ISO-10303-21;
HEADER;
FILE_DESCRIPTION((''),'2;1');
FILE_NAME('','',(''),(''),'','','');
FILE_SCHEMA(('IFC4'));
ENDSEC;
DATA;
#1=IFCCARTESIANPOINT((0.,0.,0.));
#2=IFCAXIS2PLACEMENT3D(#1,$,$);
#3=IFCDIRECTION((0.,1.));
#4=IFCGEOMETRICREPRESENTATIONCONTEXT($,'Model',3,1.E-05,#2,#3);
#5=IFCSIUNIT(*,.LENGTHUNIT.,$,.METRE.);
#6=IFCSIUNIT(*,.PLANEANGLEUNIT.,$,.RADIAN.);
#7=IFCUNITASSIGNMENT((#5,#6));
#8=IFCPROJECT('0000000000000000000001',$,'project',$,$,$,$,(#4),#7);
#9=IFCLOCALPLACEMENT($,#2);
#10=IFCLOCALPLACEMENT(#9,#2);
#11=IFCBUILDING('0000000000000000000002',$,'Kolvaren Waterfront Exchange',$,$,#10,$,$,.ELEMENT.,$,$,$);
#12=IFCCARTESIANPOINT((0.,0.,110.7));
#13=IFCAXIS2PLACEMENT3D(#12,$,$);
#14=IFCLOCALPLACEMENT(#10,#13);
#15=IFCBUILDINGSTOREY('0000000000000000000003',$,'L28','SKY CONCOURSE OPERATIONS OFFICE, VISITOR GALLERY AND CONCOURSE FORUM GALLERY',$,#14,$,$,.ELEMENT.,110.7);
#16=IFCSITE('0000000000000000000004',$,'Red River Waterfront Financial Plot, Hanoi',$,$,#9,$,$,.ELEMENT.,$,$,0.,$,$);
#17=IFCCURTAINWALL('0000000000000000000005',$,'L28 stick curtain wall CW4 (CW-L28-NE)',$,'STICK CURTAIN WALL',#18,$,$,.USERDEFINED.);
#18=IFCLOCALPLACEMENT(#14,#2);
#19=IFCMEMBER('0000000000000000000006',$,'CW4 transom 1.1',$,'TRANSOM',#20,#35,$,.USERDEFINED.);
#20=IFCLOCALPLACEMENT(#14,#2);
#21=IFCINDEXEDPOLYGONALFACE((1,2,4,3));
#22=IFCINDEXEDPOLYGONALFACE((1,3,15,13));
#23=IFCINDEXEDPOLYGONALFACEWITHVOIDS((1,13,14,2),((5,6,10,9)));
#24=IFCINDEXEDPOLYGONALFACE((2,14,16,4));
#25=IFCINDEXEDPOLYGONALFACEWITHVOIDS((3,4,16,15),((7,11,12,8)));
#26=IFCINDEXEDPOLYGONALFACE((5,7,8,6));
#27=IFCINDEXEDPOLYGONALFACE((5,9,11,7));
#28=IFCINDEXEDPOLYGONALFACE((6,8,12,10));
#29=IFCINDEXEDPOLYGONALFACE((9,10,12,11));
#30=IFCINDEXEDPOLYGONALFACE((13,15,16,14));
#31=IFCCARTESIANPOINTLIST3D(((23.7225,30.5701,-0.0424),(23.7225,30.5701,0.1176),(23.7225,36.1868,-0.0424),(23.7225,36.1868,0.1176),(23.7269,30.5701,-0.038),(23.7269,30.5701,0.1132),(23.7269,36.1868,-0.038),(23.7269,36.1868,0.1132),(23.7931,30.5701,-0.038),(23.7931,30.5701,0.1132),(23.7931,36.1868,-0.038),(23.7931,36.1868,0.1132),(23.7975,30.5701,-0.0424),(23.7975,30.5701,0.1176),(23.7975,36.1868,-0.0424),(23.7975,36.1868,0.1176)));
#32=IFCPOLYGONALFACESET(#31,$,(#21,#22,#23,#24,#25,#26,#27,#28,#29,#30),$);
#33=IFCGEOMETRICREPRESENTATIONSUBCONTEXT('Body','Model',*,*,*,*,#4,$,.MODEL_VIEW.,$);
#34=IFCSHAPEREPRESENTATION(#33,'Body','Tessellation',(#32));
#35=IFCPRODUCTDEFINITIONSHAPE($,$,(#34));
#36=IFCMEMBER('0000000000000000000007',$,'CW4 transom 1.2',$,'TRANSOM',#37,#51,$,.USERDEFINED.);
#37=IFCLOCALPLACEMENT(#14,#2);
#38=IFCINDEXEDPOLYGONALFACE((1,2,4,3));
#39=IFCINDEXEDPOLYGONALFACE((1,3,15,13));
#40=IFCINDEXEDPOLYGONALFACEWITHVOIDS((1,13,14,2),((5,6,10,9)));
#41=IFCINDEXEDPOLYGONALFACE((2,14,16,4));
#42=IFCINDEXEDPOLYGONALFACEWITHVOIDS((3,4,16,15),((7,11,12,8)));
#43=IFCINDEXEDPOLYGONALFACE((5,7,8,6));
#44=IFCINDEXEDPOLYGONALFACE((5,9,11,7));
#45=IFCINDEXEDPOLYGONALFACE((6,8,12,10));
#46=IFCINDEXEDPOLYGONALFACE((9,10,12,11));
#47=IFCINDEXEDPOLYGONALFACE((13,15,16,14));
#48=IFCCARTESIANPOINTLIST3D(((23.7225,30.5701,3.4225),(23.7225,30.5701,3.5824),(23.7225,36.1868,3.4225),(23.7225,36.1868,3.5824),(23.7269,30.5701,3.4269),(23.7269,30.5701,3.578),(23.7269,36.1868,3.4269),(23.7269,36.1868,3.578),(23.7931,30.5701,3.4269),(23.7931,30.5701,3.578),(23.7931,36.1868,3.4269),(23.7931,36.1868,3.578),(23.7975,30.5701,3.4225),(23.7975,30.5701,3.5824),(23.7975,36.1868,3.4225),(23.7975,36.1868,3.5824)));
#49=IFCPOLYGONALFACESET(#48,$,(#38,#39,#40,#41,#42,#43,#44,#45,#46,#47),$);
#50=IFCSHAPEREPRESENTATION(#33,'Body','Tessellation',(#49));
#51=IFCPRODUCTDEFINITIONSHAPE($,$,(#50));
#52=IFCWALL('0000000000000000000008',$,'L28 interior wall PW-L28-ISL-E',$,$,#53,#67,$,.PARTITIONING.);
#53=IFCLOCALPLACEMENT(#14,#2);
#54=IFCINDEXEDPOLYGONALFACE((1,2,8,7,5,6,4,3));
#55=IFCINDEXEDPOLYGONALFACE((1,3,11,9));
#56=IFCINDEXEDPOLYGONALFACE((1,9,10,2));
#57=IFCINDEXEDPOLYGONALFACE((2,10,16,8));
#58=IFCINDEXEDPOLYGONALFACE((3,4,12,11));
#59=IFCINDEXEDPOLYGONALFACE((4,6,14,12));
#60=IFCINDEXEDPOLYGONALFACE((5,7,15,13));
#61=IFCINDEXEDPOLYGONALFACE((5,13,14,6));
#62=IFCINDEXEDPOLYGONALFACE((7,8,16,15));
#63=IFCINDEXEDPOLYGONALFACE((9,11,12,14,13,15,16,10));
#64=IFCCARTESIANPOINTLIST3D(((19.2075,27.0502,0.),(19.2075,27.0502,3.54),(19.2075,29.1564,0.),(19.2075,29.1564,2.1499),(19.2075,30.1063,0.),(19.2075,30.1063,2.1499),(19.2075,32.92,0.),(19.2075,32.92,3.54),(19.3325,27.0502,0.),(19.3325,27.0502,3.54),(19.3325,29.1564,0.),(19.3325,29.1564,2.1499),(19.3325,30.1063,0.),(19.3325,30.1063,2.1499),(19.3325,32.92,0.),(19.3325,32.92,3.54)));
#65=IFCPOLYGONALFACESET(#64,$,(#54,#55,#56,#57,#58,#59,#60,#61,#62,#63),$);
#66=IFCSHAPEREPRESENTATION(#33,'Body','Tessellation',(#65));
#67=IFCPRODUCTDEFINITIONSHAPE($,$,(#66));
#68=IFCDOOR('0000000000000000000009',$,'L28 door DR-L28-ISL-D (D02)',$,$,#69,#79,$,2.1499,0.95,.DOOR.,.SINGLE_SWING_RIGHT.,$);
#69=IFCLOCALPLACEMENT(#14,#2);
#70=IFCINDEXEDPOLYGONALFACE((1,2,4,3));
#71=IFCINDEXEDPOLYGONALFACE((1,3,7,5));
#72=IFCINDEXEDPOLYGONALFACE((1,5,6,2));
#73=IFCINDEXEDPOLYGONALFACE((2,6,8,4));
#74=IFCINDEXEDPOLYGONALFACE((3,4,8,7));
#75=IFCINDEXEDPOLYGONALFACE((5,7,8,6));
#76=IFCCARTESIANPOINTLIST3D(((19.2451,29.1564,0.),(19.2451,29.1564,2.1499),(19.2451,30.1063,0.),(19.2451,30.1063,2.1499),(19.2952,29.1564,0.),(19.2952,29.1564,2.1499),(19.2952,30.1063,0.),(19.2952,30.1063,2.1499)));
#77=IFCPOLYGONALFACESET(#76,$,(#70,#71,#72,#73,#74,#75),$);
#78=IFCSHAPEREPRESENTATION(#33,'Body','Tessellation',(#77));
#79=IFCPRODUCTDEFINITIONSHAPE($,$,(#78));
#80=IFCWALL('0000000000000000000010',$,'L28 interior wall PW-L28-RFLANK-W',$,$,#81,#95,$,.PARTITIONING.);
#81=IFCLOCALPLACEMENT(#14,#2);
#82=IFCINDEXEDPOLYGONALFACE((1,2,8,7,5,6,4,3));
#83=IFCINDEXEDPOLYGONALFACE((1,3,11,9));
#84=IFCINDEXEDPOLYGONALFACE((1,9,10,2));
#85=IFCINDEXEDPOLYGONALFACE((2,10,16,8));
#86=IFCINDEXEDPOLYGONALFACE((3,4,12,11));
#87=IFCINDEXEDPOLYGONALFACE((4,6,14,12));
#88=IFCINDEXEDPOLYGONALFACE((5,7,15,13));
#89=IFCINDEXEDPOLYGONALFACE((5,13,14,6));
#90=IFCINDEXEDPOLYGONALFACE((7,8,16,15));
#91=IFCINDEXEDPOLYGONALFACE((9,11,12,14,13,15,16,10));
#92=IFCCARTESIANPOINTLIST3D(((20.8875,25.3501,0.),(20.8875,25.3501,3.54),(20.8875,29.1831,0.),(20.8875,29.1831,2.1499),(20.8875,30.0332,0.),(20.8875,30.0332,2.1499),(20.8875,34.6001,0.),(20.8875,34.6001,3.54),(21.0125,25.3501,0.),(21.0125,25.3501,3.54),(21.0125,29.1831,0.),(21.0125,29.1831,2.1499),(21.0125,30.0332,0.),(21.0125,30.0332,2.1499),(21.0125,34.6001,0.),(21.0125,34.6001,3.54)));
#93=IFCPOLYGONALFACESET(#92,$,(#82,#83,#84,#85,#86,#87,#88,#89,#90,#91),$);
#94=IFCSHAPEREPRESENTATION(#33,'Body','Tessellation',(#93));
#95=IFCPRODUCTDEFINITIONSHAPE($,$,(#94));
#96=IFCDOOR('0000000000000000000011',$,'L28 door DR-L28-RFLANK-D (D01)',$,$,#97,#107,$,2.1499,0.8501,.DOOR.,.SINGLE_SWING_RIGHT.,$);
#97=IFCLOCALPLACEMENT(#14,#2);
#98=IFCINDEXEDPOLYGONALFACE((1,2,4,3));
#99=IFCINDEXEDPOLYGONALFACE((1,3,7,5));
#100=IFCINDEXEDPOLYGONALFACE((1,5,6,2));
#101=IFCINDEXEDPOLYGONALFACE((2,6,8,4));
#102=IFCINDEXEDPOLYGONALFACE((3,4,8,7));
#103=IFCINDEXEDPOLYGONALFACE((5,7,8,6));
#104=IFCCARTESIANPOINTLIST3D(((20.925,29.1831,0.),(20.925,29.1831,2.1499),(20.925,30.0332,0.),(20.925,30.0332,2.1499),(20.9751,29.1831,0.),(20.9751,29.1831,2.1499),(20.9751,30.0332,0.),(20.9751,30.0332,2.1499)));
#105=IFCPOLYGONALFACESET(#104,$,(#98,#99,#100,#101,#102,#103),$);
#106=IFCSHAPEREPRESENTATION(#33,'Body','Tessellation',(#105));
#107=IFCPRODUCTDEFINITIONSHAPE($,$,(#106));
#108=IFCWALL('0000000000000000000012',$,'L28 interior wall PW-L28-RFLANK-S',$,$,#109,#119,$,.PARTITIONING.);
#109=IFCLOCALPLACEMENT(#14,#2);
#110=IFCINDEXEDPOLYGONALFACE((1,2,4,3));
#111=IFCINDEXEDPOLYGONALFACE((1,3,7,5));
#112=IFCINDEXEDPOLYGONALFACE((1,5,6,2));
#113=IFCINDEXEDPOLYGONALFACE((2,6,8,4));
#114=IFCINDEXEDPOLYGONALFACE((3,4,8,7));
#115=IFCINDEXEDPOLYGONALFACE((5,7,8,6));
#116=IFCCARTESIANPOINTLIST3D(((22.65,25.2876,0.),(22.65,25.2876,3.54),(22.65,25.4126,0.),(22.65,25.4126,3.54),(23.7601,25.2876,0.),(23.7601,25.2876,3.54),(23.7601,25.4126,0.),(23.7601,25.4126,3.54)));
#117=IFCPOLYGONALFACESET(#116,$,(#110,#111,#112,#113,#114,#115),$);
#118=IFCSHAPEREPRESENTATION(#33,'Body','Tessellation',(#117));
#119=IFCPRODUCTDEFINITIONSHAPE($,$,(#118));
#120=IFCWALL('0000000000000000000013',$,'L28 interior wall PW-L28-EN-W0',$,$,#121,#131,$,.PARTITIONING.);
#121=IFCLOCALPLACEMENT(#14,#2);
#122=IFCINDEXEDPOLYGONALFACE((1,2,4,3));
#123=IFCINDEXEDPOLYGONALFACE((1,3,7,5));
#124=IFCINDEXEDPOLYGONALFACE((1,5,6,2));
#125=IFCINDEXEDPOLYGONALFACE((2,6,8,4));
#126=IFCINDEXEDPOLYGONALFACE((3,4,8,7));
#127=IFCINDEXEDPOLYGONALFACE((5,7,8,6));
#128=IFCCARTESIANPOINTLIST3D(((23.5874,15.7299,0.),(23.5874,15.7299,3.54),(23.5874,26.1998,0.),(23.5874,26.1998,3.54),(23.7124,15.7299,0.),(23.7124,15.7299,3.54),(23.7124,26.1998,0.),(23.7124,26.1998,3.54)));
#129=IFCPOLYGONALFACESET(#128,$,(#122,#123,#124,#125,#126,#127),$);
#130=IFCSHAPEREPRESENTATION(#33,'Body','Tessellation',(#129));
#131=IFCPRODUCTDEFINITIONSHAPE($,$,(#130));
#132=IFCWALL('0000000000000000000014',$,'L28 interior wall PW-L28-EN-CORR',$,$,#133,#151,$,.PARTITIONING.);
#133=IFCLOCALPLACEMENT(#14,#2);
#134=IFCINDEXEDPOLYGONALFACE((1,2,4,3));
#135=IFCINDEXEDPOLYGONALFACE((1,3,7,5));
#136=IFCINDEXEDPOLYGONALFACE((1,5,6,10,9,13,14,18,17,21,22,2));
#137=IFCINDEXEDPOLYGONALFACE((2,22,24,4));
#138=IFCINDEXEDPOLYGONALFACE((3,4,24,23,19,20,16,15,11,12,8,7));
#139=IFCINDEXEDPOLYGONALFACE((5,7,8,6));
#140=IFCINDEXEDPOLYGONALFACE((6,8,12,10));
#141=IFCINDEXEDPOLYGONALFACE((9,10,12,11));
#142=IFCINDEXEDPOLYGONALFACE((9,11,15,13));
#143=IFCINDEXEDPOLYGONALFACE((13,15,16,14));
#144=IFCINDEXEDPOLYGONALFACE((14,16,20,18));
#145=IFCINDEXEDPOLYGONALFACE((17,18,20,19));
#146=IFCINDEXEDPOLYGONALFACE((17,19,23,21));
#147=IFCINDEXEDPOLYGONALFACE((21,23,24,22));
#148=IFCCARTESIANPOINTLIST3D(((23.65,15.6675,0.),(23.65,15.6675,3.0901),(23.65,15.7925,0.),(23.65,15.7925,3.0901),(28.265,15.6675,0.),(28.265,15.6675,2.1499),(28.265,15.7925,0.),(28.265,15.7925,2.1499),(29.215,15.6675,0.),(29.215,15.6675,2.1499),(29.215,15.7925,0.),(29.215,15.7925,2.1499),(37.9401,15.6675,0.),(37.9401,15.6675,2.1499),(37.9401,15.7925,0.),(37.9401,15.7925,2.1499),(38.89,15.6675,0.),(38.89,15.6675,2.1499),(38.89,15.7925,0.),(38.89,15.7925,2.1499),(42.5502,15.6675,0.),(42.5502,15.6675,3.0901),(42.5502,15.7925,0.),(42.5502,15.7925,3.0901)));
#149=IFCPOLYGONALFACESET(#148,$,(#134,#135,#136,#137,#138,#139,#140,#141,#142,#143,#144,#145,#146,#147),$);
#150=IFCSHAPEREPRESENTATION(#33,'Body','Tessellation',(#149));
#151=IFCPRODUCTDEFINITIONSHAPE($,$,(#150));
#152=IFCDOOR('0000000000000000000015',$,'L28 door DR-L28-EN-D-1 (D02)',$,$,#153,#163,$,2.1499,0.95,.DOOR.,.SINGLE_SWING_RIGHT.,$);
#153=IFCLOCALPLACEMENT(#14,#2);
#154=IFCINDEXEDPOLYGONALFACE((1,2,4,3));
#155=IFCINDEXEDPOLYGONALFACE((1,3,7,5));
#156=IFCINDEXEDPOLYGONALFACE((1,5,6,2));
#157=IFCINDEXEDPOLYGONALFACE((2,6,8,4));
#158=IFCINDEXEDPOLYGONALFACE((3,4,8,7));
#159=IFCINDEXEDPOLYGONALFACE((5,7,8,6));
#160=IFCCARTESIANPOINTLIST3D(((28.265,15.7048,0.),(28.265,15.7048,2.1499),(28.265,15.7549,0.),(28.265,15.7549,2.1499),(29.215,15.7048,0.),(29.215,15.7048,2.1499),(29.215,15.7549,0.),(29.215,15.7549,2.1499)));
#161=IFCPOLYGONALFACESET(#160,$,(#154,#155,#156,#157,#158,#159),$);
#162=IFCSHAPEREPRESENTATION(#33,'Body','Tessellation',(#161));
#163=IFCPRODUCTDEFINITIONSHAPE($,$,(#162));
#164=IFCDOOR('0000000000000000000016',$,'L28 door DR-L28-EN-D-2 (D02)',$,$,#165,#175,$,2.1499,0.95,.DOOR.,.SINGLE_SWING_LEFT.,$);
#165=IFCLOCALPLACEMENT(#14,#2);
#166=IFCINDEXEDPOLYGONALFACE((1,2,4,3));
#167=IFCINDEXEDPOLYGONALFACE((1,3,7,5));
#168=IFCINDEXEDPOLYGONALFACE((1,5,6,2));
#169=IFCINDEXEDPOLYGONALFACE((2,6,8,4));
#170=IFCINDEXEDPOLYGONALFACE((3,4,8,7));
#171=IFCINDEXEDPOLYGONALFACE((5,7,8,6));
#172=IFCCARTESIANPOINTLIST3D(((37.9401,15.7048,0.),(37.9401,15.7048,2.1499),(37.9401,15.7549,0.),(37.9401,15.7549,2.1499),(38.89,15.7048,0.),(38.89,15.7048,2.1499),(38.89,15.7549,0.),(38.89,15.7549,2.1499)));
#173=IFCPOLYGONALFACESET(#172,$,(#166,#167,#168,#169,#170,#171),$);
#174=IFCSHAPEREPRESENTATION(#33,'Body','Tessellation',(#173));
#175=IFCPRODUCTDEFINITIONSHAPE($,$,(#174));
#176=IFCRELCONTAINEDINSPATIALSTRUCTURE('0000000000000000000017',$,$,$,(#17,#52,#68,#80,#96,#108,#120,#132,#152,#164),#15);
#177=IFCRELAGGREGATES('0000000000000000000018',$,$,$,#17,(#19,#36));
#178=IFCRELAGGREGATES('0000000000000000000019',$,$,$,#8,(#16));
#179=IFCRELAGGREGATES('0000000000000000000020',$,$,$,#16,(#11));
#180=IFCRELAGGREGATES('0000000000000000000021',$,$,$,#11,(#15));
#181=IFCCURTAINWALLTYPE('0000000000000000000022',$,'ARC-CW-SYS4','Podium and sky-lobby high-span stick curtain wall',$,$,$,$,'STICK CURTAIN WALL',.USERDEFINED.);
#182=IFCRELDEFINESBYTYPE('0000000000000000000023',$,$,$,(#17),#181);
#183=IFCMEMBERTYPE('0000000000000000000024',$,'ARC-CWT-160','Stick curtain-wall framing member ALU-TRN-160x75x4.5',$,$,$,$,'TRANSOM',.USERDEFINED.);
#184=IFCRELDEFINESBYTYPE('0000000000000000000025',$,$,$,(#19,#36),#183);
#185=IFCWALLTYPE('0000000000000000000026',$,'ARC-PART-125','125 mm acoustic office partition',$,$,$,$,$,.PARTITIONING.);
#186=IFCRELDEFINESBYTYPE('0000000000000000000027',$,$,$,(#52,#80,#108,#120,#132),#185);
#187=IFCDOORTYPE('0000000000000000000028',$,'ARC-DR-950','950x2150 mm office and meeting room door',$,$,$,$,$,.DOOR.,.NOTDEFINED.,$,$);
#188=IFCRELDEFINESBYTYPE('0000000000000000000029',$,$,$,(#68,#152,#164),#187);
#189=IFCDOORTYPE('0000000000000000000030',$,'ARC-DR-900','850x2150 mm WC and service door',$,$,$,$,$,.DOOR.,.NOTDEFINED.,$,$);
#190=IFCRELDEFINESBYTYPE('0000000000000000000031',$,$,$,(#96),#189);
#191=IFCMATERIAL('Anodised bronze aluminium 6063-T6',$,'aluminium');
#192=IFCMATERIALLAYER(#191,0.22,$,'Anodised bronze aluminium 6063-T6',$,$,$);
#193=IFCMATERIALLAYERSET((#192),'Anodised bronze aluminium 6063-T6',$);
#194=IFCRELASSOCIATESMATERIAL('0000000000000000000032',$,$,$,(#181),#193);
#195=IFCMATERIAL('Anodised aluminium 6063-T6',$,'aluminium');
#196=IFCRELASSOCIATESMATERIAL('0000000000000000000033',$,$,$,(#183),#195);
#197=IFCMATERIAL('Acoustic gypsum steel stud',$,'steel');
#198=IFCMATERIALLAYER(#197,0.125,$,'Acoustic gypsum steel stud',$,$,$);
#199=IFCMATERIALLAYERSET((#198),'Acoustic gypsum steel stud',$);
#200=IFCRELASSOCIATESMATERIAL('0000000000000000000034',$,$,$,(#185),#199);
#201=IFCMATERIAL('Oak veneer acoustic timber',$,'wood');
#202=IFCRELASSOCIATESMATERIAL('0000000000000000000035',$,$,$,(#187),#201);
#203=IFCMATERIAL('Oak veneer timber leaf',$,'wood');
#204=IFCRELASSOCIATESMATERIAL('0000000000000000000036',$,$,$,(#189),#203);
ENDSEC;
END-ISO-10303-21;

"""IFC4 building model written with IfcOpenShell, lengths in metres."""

from ifc_helpers import new_model, si_unit, direction, frame, frame_2d, origin, origin_with_axes, origin_2d, place, context, subcontext, project, spatial, rectangle, hollow_rectangle, extrude, source, transform, mapped, material, layer, layer_set, material_profile, profile_set, type_object, element, fill, aggregate, save


model = new_model("IFC4")

# Units and contexts
model_context = context("Model", 3, precision=1e-05, world=origin(), true_north=direction((0.0, 1.0)))
body_context = subcontext(model_context, "Body", "Model", "MODEL_VIEW")
ifc_project = project(units=[si_unit("LENGTHUNIT", "METRE"), si_unit("PLANEANGLEUNIT", "RADIAN")], contexts=[model_context])

# Site, building, storey
site_placement = place(None, origin())
site = spatial("IfcSite", under=ifc_project, at=site_placement, Name="Red River Waterfront Financial Plot, Hanoi", CompositionType="ELEMENT", RefElevation=0.0)
building_placement = place(site_placement, origin())
building = spatial("IfcBuilding", under=site, at=building_placement, Name="Kolvaren Waterfront Exchange", CompositionType="ELEMENT")
storey_placement = place(building_placement, frame((0.0, 0.0, 110.7)))
storey = spatial("IfcBuildingStorey", under=building, at=storey_placement, Name="L28", Description="SKY CONCOURSE OPERATIONS OFFICE, VISITOR GALLERY AND CONCOURSE FORUM GALLERY", CompositionType="ELEMENT", Elevation=110.7)

# Curtain wall, members
ifc_material_1 = material(Name="Anodised bronze aluminium 6063-T6", Category="aluminium")
ifc_layer_1 = layer(ifc_material_1, 0.22, Name="Anodised bronze aluminium 6063-T6")
ifc_layer_set_1 = layer_set([ifc_layer_1], Name="Anodised bronze aluminium 6063-T6")
curtain_wall_type = type_object("IfcCurtainWallType", Name="ARC-CW-SYS4", Description="Podium and sky-lobby high-span stick curtain wall", ElementType="STICK CURTAIN WALL", PredefinedType="USERDEFINED", material=ifc_layer_set_1)
curtain_wall_placement = place(storey_placement, origin())
curtain_wall = element("IfcCurtainWall", 1, at=curtain_wall_placement, inside=storey, type_object=curtain_wall_type, Name="L28 stick curtain wall CW4 (CW-L28-NE)", ObjectType="STICK CURTAIN WALL", PredefinedType="USERDEFINED")
ifc_material_2 = material(Name="Anodised aluminium 6063-T6", Category="aluminium")
ifc_material_profile_1 = material_profile(ifc_material_2, hollow_rectangle(XDim=0.075, YDim=0.1599, WallThickness=0.0044, at=origin_2d()), Name="ALU-TRN-160x75x4.5")
ifc_profile_set_1 = profile_set([ifc_material_profile_1], Name="Anodised aluminium 6063-T6")
member_type_1 = type_object("IfcMemberType", Name="ARC-CWT-160", Description="Stick curtain-wall framing member ALU-TRN-160x75x4.5", ElementType="TRANSOM", PredefinedType="USERDEFINED", material=ifc_profile_set_1)
shared_shape_1 = source(origin_with_axes(), body_context, "Body", "SweptSolid", [
    extrude(hollow_rectangle(XDim=0.075, YDim=0.1599, WallThickness=0.0044, at=origin_2d()), origin(), (0.0, 0.0, 1.0), 5.6167),
])
member_1_placement = place(storey_placement, frame((23.76, 30.5701, 0.0376), z_axis=(0.0, 1.0, 0.0), x_axis=(-1.0, 0.0, 0.0)))
member_1 = element("IfcMember", 2, at=member_1_placement, type_object=member_type_1, Name="CW4 transom 1.1", ObjectType="TRANSOM", PredefinedType="USERDEFINED", context=body_context, shape_type="MappedRepresentation", body=[
    mapped(shared_shape_1, transform((0.0, 0.0, 0.0), x_axis=(1.0, 0.0, 0.0), y_axis=(0.0, 1.0, 0.0), z_axis=(0.0, 0.0, 1.0), scale=1.0)),
])
member_2_placement = place(storey_placement, frame((23.76, 30.5701, 3.5024), z_axis=(0.0, 1.0, 0.0), x_axis=(-1.0, 0.0, 0.0)))
member_2 = element("IfcMember", 3, at=member_2_placement, type_object=member_type_1, Name="CW4 transom 1.2", ObjectType="TRANSOM", PredefinedType="USERDEFINED", context=body_context, shape_type="MappedRepresentation", body=[
    mapped(shared_shape_1, transform((0.0, 0.0, 0.0), x_axis=(1.0, 0.0, 0.0), y_axis=(0.0, 1.0, 0.0), z_axis=(0.0, 0.0, 1.0), scale=1.0)),
])
aggregate(curtain_wall, [member_1, member_2])

# Walls, openings, doors
ifc_material_3 = material(Name="Acoustic gypsum steel stud", Category="steel")
ifc_layer_2 = layer(ifc_material_3, 0.125, Name="Acoustic gypsum steel stud")
ifc_layer_set_2 = layer_set([ifc_layer_2], Name="Acoustic gypsum steel stud")
wall_type_1 = type_object("IfcWallType", Name="ARC-PART-125", Description="125 mm acoustic office partition", PredefinedType="PARTITIONING", material=ifc_layer_set_2)
wall_1_placement = place(storey_placement, frame((19.27, 27.05, 0.0), z_axis=(0.0, 0.0, 1.0), x_axis=(0.0, 1.0, 0.0)))
wall_1 = element("IfcWall", 4, at=wall_1_placement, inside=storey, type_object=wall_type_1, Name="L28 interior wall PW-L28-ISL-E", PredefinedType="PARTITIONING", context=body_context, shape_type="SweptSolid", body=[
    extrude(rectangle(XDim=5.8699, YDim=0.125, at=frame_2d((2.9351, 0.0))), origin(), (0.0, 0.0, 1.0), 3.54),
])
opening_1_placement = place(wall_1_placement, frame((2.1062, 0.0, 0.0)))
opening_1 = element("IfcOpeningElement", 5, at=opening_1_placement, cuts=wall_1, PredefinedType="OPENING", context=body_context, shape_type="SweptSolid", body=[
    extrude(rectangle(XDim=0.95, YDim=2.1499, at=frame_2d((0.4751, 1.075))), frame((0.0, 0.0725, 0.0), z_axis=(0.0, -1.0, 0.0), x_axis=(1.0, 0.0, 0.0)), (0.0, 0.0, 1.0), 0.145),
])
ifc_material_4 = material(Name="Oak veneer acoustic timber", Category="wood")
door_type_1 = type_object("IfcDoorType", Name="ARC-DR-950", Description="950x2150 mm office and meeting room door", OperationType="NOTDEFINED", PredefinedType="DOOR", material=ifc_material_4)
door_1_placement = place(opening_1_placement, origin())
door_1 = element("IfcDoor", 6, at=door_1_placement, inside=storey, type_object=door_type_1, Name="L28 door DR-L28-ISL-D (D02)", OperationType="SINGLE_SWING_RIGHT", OverallHeight=2.1499, OverallWidth=0.95, PredefinedType="DOOR", context=body_context, shape_type="SweptSolid", body=[
    extrude(rectangle(XDim=0.95, YDim=2.1499, at=frame_2d((0.4751, 1.075))), frame((0.0, 0.0249, 0.0), z_axis=(0.0, -1.0, 0.0), x_axis=(1.0, 0.0, 0.0)), (0.0, 0.0, 1.0), 0.05),
])
fill(opening_1, door_1)
wall_2_placement = place(storey_placement, frame((20.95, 25.3501, 0.0), z_axis=(0.0, 0.0, 1.0), x_axis=(0.0, 1.0, 0.0)))
wall_2 = element("IfcWall", 7, at=wall_2_placement, inside=storey, type_object=wall_type_1, Name="L28 interior wall PW-L28-RFLANK-W", PredefinedType="PARTITIONING", context=body_context, shape_type="SweptSolid", body=[
    extrude(rectangle(XDim=9.25, YDim=0.125, at=frame_2d((4.625, 0.0))), origin(), (0.0, 0.0, 1.0), 3.54),
])
opening_2_placement = place(wall_2_placement, frame((3.833, 0.0, 0.0)))
opening_2 = element("IfcOpeningElement", 8, at=opening_2_placement, cuts=wall_2, PredefinedType="OPENING", context=body_context, shape_type="SweptSolid", body=[
    extrude(rectangle(XDim=0.8501, YDim=2.1499, at=frame_2d((0.425, 1.075))), frame((0.0, 0.0725, 0.0), z_axis=(0.0, -1.0, 0.0), x_axis=(1.0, 0.0, 0.0)), (0.0, 0.0, 1.0), 0.145),
])
ifc_material_5 = material(Name="Oak veneer timber leaf", Category="wood")
door_type_2 = type_object("IfcDoorType", Name="ARC-DR-900", Description="850x2150 mm WC and service door", OperationType="NOTDEFINED", PredefinedType="DOOR", material=ifc_material_5)
door_2_placement = place(opening_2_placement, origin())
door_2 = element("IfcDoor", 9, at=door_2_placement, inside=storey, type_object=door_type_2, Name="L28 door DR-L28-RFLANK-D (D01)", OperationType="SINGLE_SWING_RIGHT", OverallHeight=2.1499, OverallWidth=0.8501, PredefinedType="DOOR", context=body_context, shape_type="SweptSolid", body=[
    extrude(rectangle(XDim=0.8501, YDim=2.1499, at=frame_2d((0.425, 1.075))), frame((0.0, 0.0249, 0.0), z_axis=(0.0, -1.0, 0.0), x_axis=(1.0, 0.0, 0.0)), (0.0, 0.0, 1.0), 0.05),
])
fill(opening_2, door_2)

# Walls
wall_3_placement = place(storey_placement, frame((22.6499, 25.3501, 0.0), z_axis=(0.0, 0.0, 1.0), x_axis=(1.0, 0.0, 0.0)))
element("IfcWall", 10, at=wall_3_placement, inside=storey, type_object=wall_type_1, Name="L28 interior wall PW-L28-RFLANK-S", PredefinedType="PARTITIONING", context=body_context, shape_type="SweptSolid", body=[
    extrude(rectangle(XDim=1.1101, YDim=0.125, at=frame_2d((0.5552, 0.0))), origin(), (0.0, 0.0, 1.0), 3.54),
])
wall_4_placement = place(storey_placement, frame((23.6499, 15.73, 0.0), z_axis=(0.0, 0.0, 1.0), x_axis=(0.0, 1.0, 0.0)))
element("IfcWall", 11, at=wall_4_placement, inside=storey, type_object=wall_type_1, Name="L28 interior wall PW-L28-EN-W0", PredefinedType="PARTITIONING", context=body_context, shape_type="SweptSolid", body=[
    extrude(rectangle(XDim=10.47, YDim=0.125, at=frame_2d((5.2349, 0.0))), origin(), (0.0, 0.0, 1.0), 3.54),
])

# Wall, openings, doors
wall_5_placement = place(storey_placement, frame((23.6499, 15.73, 0.0), z_axis=(0.0, 0.0, 1.0), x_axis=(1.0, 0.0, 0.0)))
wall_5 = element("IfcWall", 12, at=wall_5_placement, inside=storey, type_object=wall_type_1, Name="L28 interior wall PW-L28-EN-CORR", PredefinedType="PARTITIONING", context=body_context, shape_type="SweptSolid", body=[
    extrude(rectangle(XDim=18.9001, YDim=0.125, at=frame_2d((9.4502, 0.0))), origin(), (0.0, 0.0, 1.0), 3.0901),
])
opening_3_placement = place(wall_5_placement, frame((4.615, 0.0, 0.0)))
opening_3 = element("IfcOpeningElement", 13, at=opening_3_placement, cuts=wall_5, PredefinedType="OPENING", context=body_context, shape_type="SweptSolid", body=[
    extrude(rectangle(XDim=0.95, YDim=2.1499, at=frame_2d((0.4751, 1.075))), frame((0.0, 0.0725, 0.0), z_axis=(0.0, -1.0, 0.0), x_axis=(1.0, 0.0, 0.0)), (0.0, 0.0, 1.0), 0.145),
])
opening_4_placement = place(wall_5_placement, frame((14.29, 0.0, 0.0)))
opening_4 = element("IfcOpeningElement", 14, at=opening_4_placement, cuts=wall_5, PredefinedType="OPENING", context=body_context, shape_type="SweptSolid", body=[
    extrude(rectangle(XDim=0.95, YDim=2.1499, at=frame_2d((0.4751, 1.075))), frame((0.0, 0.0725, 0.0), z_axis=(0.0, -1.0, 0.0), x_axis=(1.0, 0.0, 0.0)), (0.0, 0.0, 1.0), 0.145),
])
door_3_placement = place(opening_3_placement, origin())
door_3 = element("IfcDoor", 15, at=door_3_placement, inside=storey, type_object=door_type_1, Name="L28 door DR-L28-EN-D-1 (D02)", OperationType="SINGLE_SWING_RIGHT", OverallHeight=2.1499, OverallWidth=0.95, PredefinedType="DOOR", context=body_context, shape_type="SweptSolid", body=[
    extrude(rectangle(XDim=0.95, YDim=2.1499, at=frame_2d((0.4751, 1.075))), frame((0.0, 0.0249, 0.0), z_axis=(0.0, -1.0, 0.0), x_axis=(1.0, 0.0, 0.0)), (0.0, 0.0, 1.0), 0.05),
])
fill(opening_3, door_3)
door_4_placement = place(opening_4_placement, origin())
door_4 = element("IfcDoor", 16, at=door_4_placement, inside=storey, type_object=door_type_1, Name="L28 door DR-L28-EN-D-2 (D02)", OperationType="SINGLE_SWING_LEFT", OverallHeight=2.1499, OverallWidth=0.95, PredefinedType="DOOR", context=body_context, shape_type="SweptSolid", body=[
    extrude(rectangle(XDim=0.95, YDim=2.1499, at=frame_2d((0.4751, 1.075))), frame((0.0, 0.0249, 0.0), z_axis=(0.0, -1.0, 0.0), x_axis=(1.0, 0.0, 0.0)), (0.0, 0.0, 1.0), 0.05),
])
fill(opening_4, door_4)

save(model, "model.ifc")
